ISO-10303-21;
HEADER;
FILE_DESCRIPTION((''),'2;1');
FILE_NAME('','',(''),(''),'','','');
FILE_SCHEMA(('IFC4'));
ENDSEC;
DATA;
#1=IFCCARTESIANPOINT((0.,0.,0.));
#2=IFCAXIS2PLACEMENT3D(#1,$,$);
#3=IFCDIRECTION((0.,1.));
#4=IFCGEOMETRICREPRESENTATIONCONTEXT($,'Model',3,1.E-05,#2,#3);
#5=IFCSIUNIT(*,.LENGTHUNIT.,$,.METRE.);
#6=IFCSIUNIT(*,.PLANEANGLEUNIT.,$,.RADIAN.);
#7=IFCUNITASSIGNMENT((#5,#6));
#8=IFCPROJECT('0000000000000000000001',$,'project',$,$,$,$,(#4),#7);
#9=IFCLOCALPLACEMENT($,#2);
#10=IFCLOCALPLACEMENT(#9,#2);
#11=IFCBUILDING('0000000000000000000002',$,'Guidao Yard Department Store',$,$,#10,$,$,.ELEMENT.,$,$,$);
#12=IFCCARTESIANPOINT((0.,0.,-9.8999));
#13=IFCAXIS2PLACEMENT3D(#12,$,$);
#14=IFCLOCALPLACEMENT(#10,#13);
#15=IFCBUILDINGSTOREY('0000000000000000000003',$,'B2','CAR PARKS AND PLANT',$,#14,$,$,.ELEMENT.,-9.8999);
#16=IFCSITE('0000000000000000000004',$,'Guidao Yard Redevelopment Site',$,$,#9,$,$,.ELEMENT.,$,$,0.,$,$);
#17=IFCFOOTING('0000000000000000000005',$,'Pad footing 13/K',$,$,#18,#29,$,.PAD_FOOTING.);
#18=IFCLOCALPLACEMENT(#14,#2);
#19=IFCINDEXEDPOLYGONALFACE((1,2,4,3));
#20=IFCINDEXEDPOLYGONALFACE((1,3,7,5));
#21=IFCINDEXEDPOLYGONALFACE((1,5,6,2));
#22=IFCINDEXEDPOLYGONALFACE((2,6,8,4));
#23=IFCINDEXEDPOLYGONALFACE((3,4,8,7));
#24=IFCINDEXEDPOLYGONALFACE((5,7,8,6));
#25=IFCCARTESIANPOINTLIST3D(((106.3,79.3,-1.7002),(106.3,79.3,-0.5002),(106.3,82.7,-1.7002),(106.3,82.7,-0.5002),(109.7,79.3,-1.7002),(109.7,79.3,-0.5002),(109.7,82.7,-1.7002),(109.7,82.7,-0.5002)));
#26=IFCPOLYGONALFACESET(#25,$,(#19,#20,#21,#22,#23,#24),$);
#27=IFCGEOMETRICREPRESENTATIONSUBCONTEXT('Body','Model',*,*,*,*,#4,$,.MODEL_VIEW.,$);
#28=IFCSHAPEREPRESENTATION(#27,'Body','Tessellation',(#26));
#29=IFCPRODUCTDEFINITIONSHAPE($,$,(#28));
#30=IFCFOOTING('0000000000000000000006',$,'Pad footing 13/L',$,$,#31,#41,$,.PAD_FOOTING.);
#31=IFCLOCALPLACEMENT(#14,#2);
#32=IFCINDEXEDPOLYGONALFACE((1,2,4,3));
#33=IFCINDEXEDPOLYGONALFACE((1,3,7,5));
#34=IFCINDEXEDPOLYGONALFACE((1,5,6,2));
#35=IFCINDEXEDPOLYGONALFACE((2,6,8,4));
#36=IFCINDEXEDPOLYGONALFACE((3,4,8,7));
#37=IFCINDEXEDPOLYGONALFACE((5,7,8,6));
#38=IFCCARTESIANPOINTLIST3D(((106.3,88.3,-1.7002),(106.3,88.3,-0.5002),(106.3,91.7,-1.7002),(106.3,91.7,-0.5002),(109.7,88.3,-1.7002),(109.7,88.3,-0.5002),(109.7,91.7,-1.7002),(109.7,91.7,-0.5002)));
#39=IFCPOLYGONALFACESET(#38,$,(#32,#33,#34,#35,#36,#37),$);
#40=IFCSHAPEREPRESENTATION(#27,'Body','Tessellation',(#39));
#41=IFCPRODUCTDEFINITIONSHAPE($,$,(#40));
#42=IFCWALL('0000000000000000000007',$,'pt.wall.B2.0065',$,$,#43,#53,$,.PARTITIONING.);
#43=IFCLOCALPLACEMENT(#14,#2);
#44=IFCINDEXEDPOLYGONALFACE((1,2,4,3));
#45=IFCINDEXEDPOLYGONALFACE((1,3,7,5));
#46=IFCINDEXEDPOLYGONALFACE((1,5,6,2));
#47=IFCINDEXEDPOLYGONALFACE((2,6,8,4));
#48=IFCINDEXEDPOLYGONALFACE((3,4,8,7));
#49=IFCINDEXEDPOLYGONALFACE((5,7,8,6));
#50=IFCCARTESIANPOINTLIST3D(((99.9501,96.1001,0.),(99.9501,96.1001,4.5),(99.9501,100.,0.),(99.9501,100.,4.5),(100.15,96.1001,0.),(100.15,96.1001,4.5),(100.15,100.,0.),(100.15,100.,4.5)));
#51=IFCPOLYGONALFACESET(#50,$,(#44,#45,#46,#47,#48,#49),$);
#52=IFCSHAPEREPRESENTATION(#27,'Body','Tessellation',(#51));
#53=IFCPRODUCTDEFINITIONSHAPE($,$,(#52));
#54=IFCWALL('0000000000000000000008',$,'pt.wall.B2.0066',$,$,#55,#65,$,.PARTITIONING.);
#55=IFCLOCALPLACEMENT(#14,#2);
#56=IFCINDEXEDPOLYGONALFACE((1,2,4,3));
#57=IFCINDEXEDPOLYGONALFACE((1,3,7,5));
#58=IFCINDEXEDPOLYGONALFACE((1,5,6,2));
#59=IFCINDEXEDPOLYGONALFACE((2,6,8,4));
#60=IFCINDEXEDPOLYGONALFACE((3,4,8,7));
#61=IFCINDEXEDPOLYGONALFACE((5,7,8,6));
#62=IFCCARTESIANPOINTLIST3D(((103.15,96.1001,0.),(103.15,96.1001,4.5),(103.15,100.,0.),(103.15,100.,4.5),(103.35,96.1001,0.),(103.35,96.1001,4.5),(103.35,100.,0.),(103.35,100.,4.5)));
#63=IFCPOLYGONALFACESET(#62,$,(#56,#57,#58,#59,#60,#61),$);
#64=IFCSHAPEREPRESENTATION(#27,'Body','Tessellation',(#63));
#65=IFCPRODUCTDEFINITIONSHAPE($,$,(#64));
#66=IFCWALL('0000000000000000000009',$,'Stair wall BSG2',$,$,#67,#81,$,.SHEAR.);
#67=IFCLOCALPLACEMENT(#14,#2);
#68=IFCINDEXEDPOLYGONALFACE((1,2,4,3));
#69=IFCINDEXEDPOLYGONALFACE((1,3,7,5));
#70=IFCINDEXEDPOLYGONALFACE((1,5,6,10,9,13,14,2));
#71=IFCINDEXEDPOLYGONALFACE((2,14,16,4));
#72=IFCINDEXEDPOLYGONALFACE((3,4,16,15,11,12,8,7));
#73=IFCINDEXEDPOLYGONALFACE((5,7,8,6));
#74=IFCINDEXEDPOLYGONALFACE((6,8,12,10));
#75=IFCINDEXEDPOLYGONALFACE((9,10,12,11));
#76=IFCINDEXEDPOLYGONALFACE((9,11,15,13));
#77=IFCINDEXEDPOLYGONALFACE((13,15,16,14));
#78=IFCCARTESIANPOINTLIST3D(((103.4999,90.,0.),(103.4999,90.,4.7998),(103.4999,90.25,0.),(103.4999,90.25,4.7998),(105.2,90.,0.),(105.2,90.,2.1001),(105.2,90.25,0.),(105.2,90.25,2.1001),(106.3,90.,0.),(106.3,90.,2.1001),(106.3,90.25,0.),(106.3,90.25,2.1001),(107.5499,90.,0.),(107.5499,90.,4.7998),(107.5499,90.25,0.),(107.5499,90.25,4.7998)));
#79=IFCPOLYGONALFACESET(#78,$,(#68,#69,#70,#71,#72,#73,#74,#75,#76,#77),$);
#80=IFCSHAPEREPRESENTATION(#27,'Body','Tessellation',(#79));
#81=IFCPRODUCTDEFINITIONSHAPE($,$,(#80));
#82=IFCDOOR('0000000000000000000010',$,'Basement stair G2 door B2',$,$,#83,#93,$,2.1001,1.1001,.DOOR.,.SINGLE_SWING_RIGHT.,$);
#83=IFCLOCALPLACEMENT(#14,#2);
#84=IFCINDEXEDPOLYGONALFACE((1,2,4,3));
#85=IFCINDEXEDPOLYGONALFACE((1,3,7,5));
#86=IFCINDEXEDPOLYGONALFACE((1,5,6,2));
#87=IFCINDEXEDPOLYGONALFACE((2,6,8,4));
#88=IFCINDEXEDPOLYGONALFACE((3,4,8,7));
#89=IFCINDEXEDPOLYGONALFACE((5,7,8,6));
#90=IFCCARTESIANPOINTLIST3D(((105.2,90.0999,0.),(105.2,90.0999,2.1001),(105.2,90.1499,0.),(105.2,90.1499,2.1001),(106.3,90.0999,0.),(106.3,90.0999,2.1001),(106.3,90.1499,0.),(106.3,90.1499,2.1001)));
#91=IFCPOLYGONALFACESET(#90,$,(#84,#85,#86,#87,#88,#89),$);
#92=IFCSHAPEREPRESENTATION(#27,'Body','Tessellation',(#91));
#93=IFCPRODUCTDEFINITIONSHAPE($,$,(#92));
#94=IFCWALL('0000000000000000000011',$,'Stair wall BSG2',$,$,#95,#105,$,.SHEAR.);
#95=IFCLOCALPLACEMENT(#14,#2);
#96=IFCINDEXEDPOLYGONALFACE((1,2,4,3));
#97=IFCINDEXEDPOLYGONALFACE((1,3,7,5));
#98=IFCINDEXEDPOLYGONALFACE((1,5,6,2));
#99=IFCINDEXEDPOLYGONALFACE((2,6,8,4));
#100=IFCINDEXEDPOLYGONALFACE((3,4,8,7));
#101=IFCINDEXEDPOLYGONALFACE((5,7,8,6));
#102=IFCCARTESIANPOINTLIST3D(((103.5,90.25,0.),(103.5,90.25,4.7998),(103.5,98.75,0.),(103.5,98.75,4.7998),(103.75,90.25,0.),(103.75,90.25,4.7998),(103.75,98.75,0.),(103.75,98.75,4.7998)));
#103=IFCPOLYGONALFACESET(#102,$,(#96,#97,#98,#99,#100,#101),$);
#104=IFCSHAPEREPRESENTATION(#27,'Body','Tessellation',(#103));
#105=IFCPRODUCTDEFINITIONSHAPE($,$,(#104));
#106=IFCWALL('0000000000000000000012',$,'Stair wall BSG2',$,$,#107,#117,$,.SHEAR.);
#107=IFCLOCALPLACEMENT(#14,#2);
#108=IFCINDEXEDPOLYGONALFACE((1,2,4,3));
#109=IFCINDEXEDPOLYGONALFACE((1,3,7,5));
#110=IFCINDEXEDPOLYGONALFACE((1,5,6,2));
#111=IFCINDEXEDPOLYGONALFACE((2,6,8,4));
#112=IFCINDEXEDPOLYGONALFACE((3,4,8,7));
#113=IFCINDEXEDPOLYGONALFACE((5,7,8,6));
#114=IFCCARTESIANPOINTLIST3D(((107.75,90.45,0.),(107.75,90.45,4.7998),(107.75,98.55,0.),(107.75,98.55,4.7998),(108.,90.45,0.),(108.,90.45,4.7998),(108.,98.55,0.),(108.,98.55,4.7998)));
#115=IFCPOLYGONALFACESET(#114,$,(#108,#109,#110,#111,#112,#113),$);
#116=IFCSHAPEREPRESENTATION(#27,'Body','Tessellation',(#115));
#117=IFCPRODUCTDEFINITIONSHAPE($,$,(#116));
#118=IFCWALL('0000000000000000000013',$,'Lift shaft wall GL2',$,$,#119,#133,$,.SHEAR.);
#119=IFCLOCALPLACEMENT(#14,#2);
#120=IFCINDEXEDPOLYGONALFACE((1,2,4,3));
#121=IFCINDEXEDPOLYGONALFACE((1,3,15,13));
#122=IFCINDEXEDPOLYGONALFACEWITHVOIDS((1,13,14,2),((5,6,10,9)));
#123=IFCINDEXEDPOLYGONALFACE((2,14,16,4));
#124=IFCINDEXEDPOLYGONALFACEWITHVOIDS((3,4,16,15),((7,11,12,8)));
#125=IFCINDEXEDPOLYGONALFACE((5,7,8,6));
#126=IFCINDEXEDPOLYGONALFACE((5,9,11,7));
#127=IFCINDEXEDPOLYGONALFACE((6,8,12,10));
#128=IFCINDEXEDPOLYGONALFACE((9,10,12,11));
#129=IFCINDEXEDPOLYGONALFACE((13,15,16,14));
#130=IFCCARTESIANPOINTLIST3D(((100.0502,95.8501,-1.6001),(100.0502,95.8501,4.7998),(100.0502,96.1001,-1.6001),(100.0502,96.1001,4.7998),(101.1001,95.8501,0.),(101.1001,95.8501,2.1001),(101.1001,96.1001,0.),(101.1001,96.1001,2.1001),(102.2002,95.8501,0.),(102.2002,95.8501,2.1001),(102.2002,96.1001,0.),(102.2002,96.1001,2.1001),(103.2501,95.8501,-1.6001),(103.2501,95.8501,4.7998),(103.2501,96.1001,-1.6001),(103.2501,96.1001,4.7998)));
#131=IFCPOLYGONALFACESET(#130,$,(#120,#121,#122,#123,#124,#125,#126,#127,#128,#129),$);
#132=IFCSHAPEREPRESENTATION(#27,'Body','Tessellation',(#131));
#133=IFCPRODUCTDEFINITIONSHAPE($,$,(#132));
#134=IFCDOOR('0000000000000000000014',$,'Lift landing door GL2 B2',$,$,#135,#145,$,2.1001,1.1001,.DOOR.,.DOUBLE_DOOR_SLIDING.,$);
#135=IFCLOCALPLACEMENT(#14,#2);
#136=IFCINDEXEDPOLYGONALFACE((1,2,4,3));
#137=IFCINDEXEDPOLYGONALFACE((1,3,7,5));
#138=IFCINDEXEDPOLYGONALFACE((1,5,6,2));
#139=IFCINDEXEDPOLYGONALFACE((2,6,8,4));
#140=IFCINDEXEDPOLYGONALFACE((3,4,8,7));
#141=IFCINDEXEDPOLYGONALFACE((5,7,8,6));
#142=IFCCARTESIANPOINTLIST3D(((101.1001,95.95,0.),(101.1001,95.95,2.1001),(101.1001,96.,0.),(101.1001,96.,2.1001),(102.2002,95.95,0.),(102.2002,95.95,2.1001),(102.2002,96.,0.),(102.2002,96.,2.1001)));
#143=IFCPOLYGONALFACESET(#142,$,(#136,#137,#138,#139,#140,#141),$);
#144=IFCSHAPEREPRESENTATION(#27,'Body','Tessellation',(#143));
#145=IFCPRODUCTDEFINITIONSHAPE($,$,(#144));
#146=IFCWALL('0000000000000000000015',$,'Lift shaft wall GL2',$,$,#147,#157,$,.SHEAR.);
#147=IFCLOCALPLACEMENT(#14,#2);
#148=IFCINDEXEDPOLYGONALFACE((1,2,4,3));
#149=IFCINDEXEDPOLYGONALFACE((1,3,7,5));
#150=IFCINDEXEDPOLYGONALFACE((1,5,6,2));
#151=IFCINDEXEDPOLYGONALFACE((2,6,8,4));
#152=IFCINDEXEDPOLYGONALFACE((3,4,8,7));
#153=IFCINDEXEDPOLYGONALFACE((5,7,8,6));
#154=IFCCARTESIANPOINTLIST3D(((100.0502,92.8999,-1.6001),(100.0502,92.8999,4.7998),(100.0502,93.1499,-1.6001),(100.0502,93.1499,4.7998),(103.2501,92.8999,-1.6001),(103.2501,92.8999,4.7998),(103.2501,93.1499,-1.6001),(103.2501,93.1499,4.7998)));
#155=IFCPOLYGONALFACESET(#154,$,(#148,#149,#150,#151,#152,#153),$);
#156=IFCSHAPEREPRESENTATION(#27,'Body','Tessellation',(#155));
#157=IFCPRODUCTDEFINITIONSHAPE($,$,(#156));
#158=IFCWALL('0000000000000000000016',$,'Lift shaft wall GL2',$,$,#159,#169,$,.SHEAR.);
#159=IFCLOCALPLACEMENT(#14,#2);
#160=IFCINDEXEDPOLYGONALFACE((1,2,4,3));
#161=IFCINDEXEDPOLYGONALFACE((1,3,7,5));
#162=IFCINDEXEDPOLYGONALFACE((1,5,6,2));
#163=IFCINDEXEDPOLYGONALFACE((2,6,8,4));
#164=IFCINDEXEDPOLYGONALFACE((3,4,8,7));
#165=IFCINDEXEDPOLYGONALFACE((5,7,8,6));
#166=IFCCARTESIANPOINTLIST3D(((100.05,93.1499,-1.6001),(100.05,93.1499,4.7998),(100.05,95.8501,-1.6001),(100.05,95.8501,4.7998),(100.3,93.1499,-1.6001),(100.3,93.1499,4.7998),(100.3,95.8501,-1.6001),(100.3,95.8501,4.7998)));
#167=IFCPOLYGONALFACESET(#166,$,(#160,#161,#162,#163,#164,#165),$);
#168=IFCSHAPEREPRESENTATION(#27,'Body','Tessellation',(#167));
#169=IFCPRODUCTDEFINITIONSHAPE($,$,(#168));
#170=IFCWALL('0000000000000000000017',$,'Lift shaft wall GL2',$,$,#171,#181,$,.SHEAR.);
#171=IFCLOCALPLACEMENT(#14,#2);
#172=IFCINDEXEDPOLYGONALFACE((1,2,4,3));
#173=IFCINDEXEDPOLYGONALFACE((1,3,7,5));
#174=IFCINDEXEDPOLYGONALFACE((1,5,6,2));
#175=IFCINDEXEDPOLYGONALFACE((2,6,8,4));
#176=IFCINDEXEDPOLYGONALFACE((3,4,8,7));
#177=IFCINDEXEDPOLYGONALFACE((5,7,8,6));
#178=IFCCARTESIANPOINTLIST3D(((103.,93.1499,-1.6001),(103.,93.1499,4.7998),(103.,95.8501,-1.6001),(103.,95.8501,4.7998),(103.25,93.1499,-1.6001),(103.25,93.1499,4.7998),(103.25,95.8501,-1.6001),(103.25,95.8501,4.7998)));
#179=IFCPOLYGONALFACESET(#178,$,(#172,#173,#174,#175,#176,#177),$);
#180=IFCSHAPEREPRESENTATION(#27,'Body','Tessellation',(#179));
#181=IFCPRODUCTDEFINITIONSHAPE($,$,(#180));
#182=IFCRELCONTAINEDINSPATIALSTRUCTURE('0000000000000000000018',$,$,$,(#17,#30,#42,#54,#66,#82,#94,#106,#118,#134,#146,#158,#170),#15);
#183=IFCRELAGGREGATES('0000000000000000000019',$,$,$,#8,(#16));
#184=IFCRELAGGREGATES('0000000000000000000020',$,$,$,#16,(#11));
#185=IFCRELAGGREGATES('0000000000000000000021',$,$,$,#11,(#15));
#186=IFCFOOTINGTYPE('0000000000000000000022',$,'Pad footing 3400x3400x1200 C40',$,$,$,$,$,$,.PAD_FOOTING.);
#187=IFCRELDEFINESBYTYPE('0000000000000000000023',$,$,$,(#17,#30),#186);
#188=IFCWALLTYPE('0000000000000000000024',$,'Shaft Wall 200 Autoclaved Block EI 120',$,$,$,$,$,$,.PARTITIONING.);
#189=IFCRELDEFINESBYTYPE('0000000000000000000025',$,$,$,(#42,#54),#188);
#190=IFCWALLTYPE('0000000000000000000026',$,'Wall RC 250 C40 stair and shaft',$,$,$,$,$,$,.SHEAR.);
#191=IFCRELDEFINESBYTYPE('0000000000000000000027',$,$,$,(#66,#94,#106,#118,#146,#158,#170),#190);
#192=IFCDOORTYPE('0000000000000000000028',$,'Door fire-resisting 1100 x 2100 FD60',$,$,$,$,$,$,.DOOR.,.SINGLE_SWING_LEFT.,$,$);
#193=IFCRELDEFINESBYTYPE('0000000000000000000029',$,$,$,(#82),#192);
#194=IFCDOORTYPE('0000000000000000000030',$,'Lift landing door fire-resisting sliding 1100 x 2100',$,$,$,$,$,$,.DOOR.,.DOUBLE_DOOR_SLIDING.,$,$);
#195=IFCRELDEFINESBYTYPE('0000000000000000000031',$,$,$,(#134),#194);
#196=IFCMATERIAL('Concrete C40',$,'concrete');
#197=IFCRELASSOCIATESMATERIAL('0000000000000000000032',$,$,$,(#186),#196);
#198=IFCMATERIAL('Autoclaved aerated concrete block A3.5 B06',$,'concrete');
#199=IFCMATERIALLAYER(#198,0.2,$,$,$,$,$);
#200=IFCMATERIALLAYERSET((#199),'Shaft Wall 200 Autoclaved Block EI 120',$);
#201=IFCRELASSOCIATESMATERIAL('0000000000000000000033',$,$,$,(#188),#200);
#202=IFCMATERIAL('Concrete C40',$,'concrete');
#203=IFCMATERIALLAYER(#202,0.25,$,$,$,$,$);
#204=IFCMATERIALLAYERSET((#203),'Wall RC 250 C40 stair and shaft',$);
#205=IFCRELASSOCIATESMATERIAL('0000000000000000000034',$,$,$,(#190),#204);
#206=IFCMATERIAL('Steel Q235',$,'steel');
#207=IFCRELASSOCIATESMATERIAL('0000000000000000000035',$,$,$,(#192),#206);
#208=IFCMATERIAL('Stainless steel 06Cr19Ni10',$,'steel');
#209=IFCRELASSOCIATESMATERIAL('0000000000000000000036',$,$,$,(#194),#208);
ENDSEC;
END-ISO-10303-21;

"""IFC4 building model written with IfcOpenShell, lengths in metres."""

from ifc_helpers import new_model, si_unit, direction, frame, frame_2d, origin, origin_2d, place, context, subcontext, project, spatial, rectangle, extrude, material, layer, layer_set, type_object, element, fill, save


model = new_model("IFC4")

# Units and contexts
model_context = context("Model", 3, precision=1e-05, world=origin(), true_north=direction((0.0, 1.0)))
body_context = subcontext(model_context, "Body", "Model", "MODEL_VIEW")
ifc_project = project(units=[si_unit("LENGTHUNIT", "METRE"), si_unit("PLANEANGLEUNIT", "RADIAN")], contexts=[model_context])

# Site, building, storey
site_placement = place(None, origin())
site = spatial("IfcSite", under=ifc_project, at=site_placement, Name="Guidao Yard Redevelopment Site", CompositionType="ELEMENT", RefElevation=0.0)
building_placement = place(site_placement, origin())
building = spatial("IfcBuilding", under=site, at=building_placement, Name="Guidao Yard Department Store", CompositionType="ELEMENT")
storey_placement = place(building_placement, frame((0.0, 0.0, -9.8999)))
storey = spatial("IfcBuildingStorey", under=building, at=storey_placement, Name="B2", Description="CAR PARKS AND PLANT", CompositionType="ELEMENT", Elevation=-9.8999)

# Footings
ifc_material_1 = material(Name="Concrete C40", Category="concrete")
footing_type = type_object("IfcFootingType", Name="Pad footing 3400x3400x1200 C40", PredefinedType="PAD_FOOTING", material=ifc_material_1)
for number, where, z_axis, x_axis, name in (
    (1, (108.0, 81.0, -1.7002), (0.0, 0.0, 1.0), (1.0, 0.0, 0.0), "Pad footing 13/K"),
    (2, (108.0, 90.0, -1.7002), (0.0, 0.0, 1.0), (1.0, 0.0, 0.0), "Pad footing 13/L"),
):
    element("IfcFooting", number, at=place(storey_placement, frame(where, z_axis=z_axis, x_axis=x_axis)), inside=storey, type_object=footing_type, Name=name, PredefinedType="PAD_FOOTING", context=body_context, shape_type="SweptSolid", body=[
        extrude(rectangle(XDim=3.3999, YDim=3.3999, at=origin_2d()), origin(), (0.0, 0.0, 1.0), 1.2),
    ])

# Walls
ifc_material_2 = material(Name="Autoclaved aerated concrete block A3.5 B06", Category="concrete")
ifc_layer_1 = layer(ifc_material_2, 0.2)
ifc_layer_set_1 = layer_set([ifc_layer_1], Name="Shaft Wall 200 Autoclaved Block EI 120")
wall_type_1 = type_object("IfcWallType", Name="Shaft Wall 200 Autoclaved Block EI 120", PredefinedType="PARTITIONING", material=ifc_layer_set_1)
for number, where, z_axis, x_axis, name in (
    (3, (100.05, 96.1001, 0.0), (0.0, 0.0, 1.0), (0.0, 1.0, 0.0), "pt.wall.B2.0065"),
    (4, (103.25, 96.1001, 0.0), (0.0, 0.0, 1.0), (0.0, 1.0, 0.0), "pt.wall.B2.0066"),
):
    element("IfcWall", number, at=place(storey_placement, frame(where, z_axis=z_axis, x_axis=x_axis)), inside=storey, type_object=wall_type_1, Name=name, PredefinedType="PARTITIONING", context=body_context, shape_type="SweptSolid", body=[
        extrude(rectangle(XDim=3.8999, YDim=0.2, at=frame_2d((1.95, 0.0))), origin(), (0.0, 0.0, 1.0), 4.5),
    ])

# Wall, opening, door
ifc_material_3 = material(Name="Concrete C40", Category="concrete")
ifc_layer_2 = layer(ifc_material_3, 0.25)
ifc_layer_set_2 = layer_set([ifc_layer_2], Name="Wall RC 250 C40 stair and shaft")
wall_type_2 = type_object("IfcWallType", Name="Wall RC 250 C40 stair and shaft", PredefinedType="SHEAR", material=ifc_layer_set_2)
wall_1_placement = place(storey_placement, frame((103.5, 90.125, 0.0), z_axis=(0.0, 0.0, 1.0), x_axis=(1.0, 0.0, 0.0)))
wall_1 = element("IfcWall", 5, at=wall_1_placement, inside=storey, type_object=wall_type_2, Name="Stair wall BSG2", PredefinedType="SHEAR", context=body_context, shape_type="SweptSolid", body=[
    extrude(rectangle(XDim=4.05, YDim=0.25, at=frame_2d((2.0249, 0.0))), origin(), (0.0, 0.0, 1.0), 4.7998),
])
opening_1_placement = place(wall_1_placement, frame((1.7, 0.0, 0.0)))
opening_1 = element("IfcOpeningElement", 6, at=opening_1_placement, cuts=wall_1, PredefinedType="OPENING", context=body_context, shape_type="SweptSolid", body=[
    extrude(rectangle(XDim=1.1001, YDim=2.1001, at=frame_2d((0.55, 1.05))), frame((0.0, 0.135, 0.0), z_axis=(0.0, -1.0, 0.0), x_axis=(1.0, 0.0, 0.0)), (0.0, 0.0, 1.0), 0.27),
])
ifc_material_4 = material(Name="Steel Q235", Category="steel")
door_type_1 = type_object("IfcDoorType", Name="Door fire-resisting 1100 x 2100 FD60", OperationType="SINGLE_SWING_LEFT", PredefinedType="DOOR", material=ifc_material_4)
door_1_placement = place(opening_1_placement, origin())
door_1 = element("IfcDoor", 7, at=door_1_placement, inside=storey, type_object=door_type_1, Name="Basement stair G2 door B2", OperationType="SINGLE_SWING_RIGHT", OverallHeight=2.1001, OverallWidth=1.1001, PredefinedType="DOOR", context=body_context, shape_type="SweptSolid", body=[
    extrude(rectangle(XDim=1.1001, YDim=2.1001, at=frame_2d((0.55, 1.05))), frame((0.0, 0.0249, 0.0), z_axis=(0.0, -1.0, 0.0), x_axis=(1.0, 0.0, 0.0)), (0.0, 0.0, 1.0), 0.05),
])
fill(opening_1, door_1)

# Walls
wall_2_placement = place(storey_placement, frame((103.625, 90.25, 0.0), z_axis=(0.0, 0.0, 1.0), x_axis=(0.0, 1.0, 0.0)))
element("IfcWall", 8, at=wall_2_placement, inside=storey, type_object=wall_type_2, Name="Stair wall BSG2", PredefinedType="SHEAR", context=body_context, shape_type="SweptSolid", body=[
    extrude(rectangle(XDim=8.5, YDim=0.25, at=frame_2d((4.25, 0.0))), origin(), (0.0, 0.0, 1.0), 4.7998),
])
wall_3_placement = place(storey_placement, frame((107.875, 90.45, 0.0), z_axis=(0.0, 0.0, 1.0), x_axis=(0.0, 1.0, 0.0)))
element("IfcWall", 9, at=wall_3_placement, inside=storey, type_object=wall_type_2, Name="Stair wall BSG2", PredefinedType="SHEAR", context=body_context, shape_type="SweptSolid", body=[
    extrude(rectangle(XDim=8.1001, YDim=0.25, at=frame_2d((4.05, 0.0))), origin(), (0.0, 0.0, 1.0), 4.7998),
])

# Wall, opening, door
wall_4_placement = place(storey_placement, frame((100.05, 95.9751, -1.6001), z_axis=(0.0, 0.0, 1.0), x_axis=(1.0, 0.0, 0.0)))
wall_4 = element("IfcWall", 10, at=wall_4_placement, inside=storey, type_object=wall_type_2, Name="Lift shaft wall GL2", PredefinedType="SHEAR", context=body_context, shape_type="SweptSolid", body=[
    extrude(rectangle(XDim=3.2, YDim=0.25, at=frame_2d((1.6001, 0.0))), origin(), (0.0, 0.0, 1.0), 6.3999),
])
opening_2_placement = place(wall_4_placement, frame((1.05, 0.0, 1.6001)))
opening_2 = element("IfcOpeningElement", 11, at=opening_2_placement, cuts=wall_4, PredefinedType="OPENING", context=body_context, shape_type="SweptSolid", body=[
    extrude(rectangle(XDim=1.1001, YDim=2.1001, at=frame_2d((0.55, 1.05))), frame((0.0, 0.135, 0.0), z_axis=(0.0, -1.0, 0.0), x_axis=(1.0, 0.0, 0.0)), (0.0, 0.0, 1.0), 0.27),
])
ifc_material_5 = material(Name="Stainless steel 06Cr19Ni10", Category="steel")
door_type_2 = type_object("IfcDoorType", Name="Lift landing door fire-resisting sliding 1100 x 2100", OperationType="DOUBLE_DOOR_SLIDING", PredefinedType="DOOR", material=ifc_material_5)
door_2_placement = place(opening_2_placement, origin())
door_2 = element("IfcDoor", 12, at=door_2_placement, inside=storey, type_object=door_type_2, Name="Lift landing door GL2 B2", OperationType="DOUBLE_DOOR_SLIDING", OverallHeight=2.1001, OverallWidth=1.1001, PredefinedType="DOOR", context=body_context, shape_type="SweptSolid", body=[
    extrude(rectangle(XDim=1.1001, YDim=2.1001, at=frame_2d((0.55, 1.05))), frame((0.0, 0.0249, 0.0), z_axis=(0.0, -1.0, 0.0), x_axis=(1.0, 0.0, 0.0)), (0.0, 0.0, 1.0), 0.05),
])
fill(opening_2, door_2)

# Walls
wall_5_placement = place(storey_placement, frame((100.05, 93.0249, -1.6001), z_axis=(0.0, 0.0, 1.0), x_axis=(1.0, 0.0, 0.0)))
element("IfcWall", 13, at=wall_5_placement, inside=storey, type_object=wall_type_2, Name="Lift shaft wall GL2", PredefinedType="SHEAR", context=body_context, shape_type="SweptSolid", body=[
    extrude(rectangle(XDim=3.2, YDim=0.25, at=frame_2d((1.6001, 0.0))), origin(), (0.0, 0.0, 1.0), 6.3999),
])
for number, where, z_axis, x_axis, name in (
    (14, (100.175, 93.1499, -1.6001), (0.0, 0.0, 1.0), (0.0, 1.0, 0.0), "Lift shaft wall GL2"),
    (15, (103.125, 93.1499, -1.6001), (0.0, 0.0, 1.0), (0.0, 1.0, 0.0), "Lift shaft wall GL2"),
):
    element("IfcWall", number, at=place(storey_placement, frame(where, z_axis=z_axis, x_axis=x_axis)), inside=storey, type_object=wall_type_2, Name=name, PredefinedType="SHEAR", context=body_context, shape_type="SweptSolid", body=[
        extrude(rectangle(XDim=2.7002, YDim=0.25, at=frame_2d((1.3501, 0.0))), origin(), (0.0, 0.0, 1.0), 6.3999),
    ])

save(model, "model.ifc")
